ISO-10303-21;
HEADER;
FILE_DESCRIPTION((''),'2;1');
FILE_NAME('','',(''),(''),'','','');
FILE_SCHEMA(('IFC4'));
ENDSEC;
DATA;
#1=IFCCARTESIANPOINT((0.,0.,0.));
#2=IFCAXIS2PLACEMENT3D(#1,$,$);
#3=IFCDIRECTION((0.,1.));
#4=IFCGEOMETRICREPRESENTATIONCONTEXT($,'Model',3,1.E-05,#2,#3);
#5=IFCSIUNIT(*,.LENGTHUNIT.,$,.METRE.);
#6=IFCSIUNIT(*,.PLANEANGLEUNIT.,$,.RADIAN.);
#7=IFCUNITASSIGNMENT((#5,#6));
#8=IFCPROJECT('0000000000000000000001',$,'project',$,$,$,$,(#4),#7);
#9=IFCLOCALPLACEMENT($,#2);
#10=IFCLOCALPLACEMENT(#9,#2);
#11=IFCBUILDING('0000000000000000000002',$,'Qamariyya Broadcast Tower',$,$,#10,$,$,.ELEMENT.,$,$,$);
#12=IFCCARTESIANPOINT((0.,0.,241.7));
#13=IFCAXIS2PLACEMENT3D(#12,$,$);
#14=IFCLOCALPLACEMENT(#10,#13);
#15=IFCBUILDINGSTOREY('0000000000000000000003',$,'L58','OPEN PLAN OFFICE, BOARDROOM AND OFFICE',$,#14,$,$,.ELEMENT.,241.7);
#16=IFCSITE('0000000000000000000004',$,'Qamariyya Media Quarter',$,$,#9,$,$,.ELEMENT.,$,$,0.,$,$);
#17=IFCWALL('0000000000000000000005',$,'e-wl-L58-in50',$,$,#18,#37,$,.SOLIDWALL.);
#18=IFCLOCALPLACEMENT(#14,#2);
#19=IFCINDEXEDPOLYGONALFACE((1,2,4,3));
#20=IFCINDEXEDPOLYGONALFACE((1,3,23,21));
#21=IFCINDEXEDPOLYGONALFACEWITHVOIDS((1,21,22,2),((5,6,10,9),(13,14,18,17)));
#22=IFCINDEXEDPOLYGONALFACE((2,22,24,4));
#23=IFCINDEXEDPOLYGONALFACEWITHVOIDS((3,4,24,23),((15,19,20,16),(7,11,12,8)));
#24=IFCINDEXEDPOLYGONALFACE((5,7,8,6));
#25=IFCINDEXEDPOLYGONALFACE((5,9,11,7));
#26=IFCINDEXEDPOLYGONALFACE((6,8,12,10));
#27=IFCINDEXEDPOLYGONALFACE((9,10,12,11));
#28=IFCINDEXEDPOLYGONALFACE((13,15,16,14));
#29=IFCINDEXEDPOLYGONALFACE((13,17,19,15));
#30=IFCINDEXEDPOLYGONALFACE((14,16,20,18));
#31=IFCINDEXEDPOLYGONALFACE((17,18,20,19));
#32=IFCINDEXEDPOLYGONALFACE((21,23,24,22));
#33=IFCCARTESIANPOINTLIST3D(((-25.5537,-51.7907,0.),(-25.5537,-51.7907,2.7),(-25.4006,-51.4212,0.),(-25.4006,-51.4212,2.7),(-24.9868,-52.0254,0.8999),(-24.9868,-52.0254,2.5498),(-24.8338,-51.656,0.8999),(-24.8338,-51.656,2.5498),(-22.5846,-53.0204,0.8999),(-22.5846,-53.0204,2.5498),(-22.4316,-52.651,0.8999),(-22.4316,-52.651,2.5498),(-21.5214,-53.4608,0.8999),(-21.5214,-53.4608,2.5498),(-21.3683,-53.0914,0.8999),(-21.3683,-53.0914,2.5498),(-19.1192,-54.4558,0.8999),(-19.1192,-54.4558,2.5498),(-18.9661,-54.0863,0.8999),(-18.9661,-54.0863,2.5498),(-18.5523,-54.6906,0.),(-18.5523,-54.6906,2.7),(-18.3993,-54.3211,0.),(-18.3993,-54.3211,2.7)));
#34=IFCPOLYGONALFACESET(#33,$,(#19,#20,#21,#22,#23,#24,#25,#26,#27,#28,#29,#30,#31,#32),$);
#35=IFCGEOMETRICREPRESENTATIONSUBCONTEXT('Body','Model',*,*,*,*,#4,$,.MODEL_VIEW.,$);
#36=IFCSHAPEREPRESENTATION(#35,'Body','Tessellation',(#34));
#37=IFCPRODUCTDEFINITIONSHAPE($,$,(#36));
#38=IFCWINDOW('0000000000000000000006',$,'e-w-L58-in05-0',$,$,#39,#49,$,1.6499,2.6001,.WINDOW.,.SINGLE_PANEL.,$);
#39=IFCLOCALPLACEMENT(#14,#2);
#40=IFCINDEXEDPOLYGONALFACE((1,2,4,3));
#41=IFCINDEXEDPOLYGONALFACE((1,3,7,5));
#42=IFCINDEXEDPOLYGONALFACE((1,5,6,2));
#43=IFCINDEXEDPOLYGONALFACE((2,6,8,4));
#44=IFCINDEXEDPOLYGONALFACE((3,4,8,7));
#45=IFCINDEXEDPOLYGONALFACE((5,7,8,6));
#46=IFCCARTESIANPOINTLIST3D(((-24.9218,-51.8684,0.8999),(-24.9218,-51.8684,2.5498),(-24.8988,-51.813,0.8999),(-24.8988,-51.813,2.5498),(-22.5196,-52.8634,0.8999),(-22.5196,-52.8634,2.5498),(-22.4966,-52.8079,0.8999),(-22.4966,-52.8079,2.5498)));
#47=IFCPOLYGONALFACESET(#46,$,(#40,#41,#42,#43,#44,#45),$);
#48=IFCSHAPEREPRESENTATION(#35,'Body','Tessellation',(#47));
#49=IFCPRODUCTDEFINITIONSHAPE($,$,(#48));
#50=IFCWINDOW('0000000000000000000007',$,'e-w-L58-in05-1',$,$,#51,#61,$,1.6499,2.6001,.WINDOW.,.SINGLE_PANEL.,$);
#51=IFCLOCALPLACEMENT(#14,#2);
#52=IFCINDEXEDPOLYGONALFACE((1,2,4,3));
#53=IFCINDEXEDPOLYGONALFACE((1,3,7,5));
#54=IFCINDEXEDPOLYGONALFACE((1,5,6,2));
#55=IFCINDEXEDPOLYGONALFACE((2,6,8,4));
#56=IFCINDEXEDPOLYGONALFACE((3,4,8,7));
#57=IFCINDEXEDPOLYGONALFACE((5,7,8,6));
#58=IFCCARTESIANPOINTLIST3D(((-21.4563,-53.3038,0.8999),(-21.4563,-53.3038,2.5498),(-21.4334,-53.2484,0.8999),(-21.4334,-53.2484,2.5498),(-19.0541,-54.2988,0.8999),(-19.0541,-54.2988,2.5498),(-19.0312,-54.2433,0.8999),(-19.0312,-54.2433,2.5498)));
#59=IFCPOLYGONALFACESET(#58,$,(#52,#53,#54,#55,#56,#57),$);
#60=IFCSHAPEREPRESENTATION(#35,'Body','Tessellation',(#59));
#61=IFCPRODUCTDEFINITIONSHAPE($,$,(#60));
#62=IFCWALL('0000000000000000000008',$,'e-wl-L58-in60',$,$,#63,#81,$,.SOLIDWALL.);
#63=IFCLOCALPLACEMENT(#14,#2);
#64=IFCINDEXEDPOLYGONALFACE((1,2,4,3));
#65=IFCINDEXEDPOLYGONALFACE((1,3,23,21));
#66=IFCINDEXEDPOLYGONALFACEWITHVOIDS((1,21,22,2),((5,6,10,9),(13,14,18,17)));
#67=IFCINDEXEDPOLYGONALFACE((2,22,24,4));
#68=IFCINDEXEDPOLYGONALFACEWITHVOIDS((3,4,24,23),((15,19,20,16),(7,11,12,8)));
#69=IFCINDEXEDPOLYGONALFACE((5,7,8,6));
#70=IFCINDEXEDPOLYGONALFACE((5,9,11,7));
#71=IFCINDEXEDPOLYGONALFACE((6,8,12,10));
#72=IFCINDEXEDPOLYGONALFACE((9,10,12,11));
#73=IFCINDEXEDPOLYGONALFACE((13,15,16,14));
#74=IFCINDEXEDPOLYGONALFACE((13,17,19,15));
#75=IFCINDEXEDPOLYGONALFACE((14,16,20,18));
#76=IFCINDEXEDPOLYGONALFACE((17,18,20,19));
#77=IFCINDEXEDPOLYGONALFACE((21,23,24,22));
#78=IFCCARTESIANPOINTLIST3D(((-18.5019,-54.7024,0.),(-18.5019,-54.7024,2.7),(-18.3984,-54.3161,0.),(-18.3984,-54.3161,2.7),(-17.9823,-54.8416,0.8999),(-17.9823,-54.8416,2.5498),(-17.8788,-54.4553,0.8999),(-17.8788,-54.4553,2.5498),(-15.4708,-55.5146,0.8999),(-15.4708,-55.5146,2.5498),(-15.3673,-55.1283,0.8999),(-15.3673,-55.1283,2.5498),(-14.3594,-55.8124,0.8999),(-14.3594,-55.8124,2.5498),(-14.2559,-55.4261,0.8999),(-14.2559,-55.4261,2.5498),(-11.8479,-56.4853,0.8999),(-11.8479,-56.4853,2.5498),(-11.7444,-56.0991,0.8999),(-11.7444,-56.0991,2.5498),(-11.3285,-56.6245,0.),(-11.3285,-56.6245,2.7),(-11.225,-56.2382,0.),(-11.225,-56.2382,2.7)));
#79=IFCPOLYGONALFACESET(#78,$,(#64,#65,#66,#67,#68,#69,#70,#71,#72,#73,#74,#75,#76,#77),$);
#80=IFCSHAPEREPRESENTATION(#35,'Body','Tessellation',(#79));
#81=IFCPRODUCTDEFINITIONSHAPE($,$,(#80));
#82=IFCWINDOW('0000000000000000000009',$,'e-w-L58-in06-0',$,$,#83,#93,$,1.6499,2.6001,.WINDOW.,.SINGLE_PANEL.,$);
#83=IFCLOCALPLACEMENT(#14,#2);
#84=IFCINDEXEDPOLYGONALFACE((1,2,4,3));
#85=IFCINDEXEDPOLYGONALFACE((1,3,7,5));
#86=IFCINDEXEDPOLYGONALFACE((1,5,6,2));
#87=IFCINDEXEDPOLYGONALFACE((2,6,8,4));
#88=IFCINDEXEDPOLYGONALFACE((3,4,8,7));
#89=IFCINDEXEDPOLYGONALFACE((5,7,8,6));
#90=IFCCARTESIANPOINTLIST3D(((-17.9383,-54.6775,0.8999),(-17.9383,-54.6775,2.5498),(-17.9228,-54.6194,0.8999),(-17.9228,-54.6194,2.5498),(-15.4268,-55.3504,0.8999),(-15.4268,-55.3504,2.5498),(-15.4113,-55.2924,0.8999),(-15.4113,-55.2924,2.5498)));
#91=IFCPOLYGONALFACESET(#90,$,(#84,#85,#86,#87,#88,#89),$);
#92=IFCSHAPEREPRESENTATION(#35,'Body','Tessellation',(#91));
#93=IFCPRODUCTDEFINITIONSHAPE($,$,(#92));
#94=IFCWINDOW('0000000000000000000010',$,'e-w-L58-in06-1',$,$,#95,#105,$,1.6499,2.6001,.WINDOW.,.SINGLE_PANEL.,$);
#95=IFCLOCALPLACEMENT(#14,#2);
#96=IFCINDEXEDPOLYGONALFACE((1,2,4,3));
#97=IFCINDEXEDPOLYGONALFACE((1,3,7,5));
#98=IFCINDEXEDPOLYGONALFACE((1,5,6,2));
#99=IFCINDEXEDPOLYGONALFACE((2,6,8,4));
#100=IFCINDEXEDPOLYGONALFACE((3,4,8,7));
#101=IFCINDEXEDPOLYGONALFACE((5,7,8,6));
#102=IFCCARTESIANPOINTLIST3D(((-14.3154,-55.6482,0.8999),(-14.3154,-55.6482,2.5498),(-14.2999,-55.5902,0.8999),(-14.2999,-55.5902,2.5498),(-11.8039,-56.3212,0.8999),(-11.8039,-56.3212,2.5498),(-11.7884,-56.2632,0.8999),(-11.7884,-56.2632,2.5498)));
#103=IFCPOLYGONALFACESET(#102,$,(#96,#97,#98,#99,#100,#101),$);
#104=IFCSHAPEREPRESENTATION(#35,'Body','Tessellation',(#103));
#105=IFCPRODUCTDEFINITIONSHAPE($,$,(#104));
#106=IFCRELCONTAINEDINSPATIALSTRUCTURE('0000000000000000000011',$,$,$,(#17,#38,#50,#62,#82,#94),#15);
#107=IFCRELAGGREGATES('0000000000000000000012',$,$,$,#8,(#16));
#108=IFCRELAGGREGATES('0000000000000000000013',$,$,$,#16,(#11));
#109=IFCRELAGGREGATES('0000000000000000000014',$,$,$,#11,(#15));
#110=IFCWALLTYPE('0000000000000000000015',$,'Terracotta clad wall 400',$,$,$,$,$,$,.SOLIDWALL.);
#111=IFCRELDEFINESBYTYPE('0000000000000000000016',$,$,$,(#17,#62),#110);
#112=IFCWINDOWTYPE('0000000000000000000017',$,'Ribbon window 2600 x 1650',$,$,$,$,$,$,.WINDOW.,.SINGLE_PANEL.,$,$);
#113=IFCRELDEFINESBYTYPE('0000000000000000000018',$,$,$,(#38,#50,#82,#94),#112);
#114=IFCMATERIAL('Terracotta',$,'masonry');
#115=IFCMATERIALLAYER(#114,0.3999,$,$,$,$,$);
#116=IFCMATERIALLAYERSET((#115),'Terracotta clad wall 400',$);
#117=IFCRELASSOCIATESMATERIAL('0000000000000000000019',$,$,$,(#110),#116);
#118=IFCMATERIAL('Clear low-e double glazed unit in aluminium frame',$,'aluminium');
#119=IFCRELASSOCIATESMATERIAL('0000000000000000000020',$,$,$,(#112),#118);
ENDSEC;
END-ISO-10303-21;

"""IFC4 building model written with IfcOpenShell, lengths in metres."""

from ifc_helpers import new_model, si_unit, direction, frame, frame_2d, origin, place, context, subcontext, project, spatial, rectangle, extrude, material, layer, layer_set, type_object, element, fill, save


model = new_model("IFC4")

# Units and contexts
model_context = context("Model", 3, precision=1e-05, world=origin(), true_north=direction((0.0, 1.0)))
body_context = subcontext(model_context, "Body", "Model", "MODEL_VIEW")
ifc_project = project(units=[si_unit("LENGTHUNIT", "METRE"), si_unit("PLANEANGLEUNIT", "RADIAN")], contexts=[model_context])

# Site, building, storey
site_placement = place(None, origin())
site = spatial("IfcSite", under=ifc_project, at=site_placement, Name="Qamariyya Media Quarter", CompositionType="ELEMENT", RefElevation=0.0)
building_placement = place(site_placement, origin())
building = spatial("IfcBuilding", under=site, at=building_placement, Name="Qamariyya Broadcast Tower", CompositionType="ELEMENT")
storey_placement = place(building_placement, frame((0.0, 0.0, 241.7)))
storey = spatial("IfcBuildingStorey", under=building, at=storey_placement, Name="L58", Description="OPEN PLAN OFFICE, BOARDROOM AND OFFICE", CompositionType="ELEMENT", Elevation=241.7)

# Walls, openings, windows
ifc_material_1 = material(Name="Terracotta", Category="masonry")
ifc_layer_1 = layer(ifc_material_1, 0.3999)
ifc_layer_set_1 = layer_set([ifc_layer_1], Name="Terracotta clad wall 400")
wall_type_1 = type_object("IfcWallType", Name="Terracotta clad wall 400", PredefinedType="SOLIDWALL", material=ifc_layer_set_1)
ifc_material_2 = material(Name="Clear low-e double glazed unit in aluminium frame", Category="aluminium")
window_type = type_object("IfcWindowType", Name="Ribbon window 2600 x 1650", PartitioningType="SINGLE_PANEL", PredefinedType="WINDOW", material=ifc_material_2)
wall_1_placement = place(storey_placement, frame((-18.4758, -54.5059, 0.0), z_axis=(0.0, 0.0, 1.0), x_axis=(-0.923884, 0.382672, 0.0)))
wall_1 = element("IfcWall", 1, at=wall_1_placement, inside=storey, type_object=wall_type_1, Name="e-wl-L58-in50", PredefinedType="SOLIDWALL", context=body_context, shape_type="SweptSolid", body=[
    extrude(rectangle(XDim=7.5781, YDim=0.3999, at=frame_2d((3.7891, 0.0))), origin(), (0.0, 0.0, 1.0), 2.7),
])
opening_1_placement = place(wall_1_placement, frame((4.3645, 0.0, 0.8999)))
opening_1 = element("IfcOpeningElement", 2, at=opening_1_placement, cuts=wall_1, PredefinedType="OPENING", context=body_context, shape_type="SweptSolid", body=[
    extrude(rectangle(XDim=2.6001, YDim=1.6499, at=frame_2d((1.3, 0.825))), frame((0.0, 0.21, 0.0), z_axis=(0.0, -1.0, 0.0), x_axis=(1.0, 0.0, 0.0)), (0.0, 0.0, 1.0), 0.4199),
])
opening_2_placement = place(wall_1_placement, frame((0.6135, 0.0, 0.8999)))
opening_2 = element("IfcOpeningElement", 3, at=opening_2_placement, cuts=wall_1, PredefinedType="OPENING", context=body_context, shape_type="SweptSolid", body=[
    extrude(rectangle(XDim=2.6001, YDim=1.6499, at=frame_2d((1.3, 0.825))), frame((0.0, 0.21, 0.0), z_axis=(0.0, -1.0, 0.0), x_axis=(1.0, 0.0, 0.0)), (0.0, 0.0, 1.0), 0.4199),
])
window_1_placement = place(opening_1_placement, origin())
window_1 = element("IfcWindow", 4, at=window_1_placement, inside=storey, type_object=window_type, Name="e-w-L58-in05-0", OverallHeight=1.6499, OverallWidth=2.6001, PartitioningType="SINGLE_PANEL", PredefinedType="WINDOW", context=body_context, shape_type="SweptSolid", body=[
    extrude(rectangle(XDim=2.6001, YDim=1.6499, at=frame_2d((1.3, 0.825))), frame((0.0, 0.03, 0.0), z_axis=(0.0, -1.0, 0.0), x_axis=(1.0, 0.0, 0.0)), (0.0, 0.0, 1.0), 0.0601),
])
fill(opening_1, window_1)
window_2_placement = place(opening_2_placement, origin())
window_2 = element("IfcWindow", 5, at=window_2_placement, inside=storey, type_object=window_type, Name="e-w-L58-in05-1", OverallHeight=1.6499, OverallWidth=2.6001, PartitioningType="SINGLE_PANEL", PredefinedType="WINDOW", context=body_context, shape_type="SweptSolid", body=[
    extrude(rectangle(XDim=2.6001, YDim=1.6499, at=frame_2d((1.3, 0.825))), frame((0.0, 0.03, 0.0), z_axis=(0.0, -1.0, 0.0), x_axis=(1.0, 0.0, 0.0)), (0.0, 0.0, 1.0), 0.0601),
])
fill(opening_2, window_2)
wall_2_placement = place(storey_placement, frame((-11.2766, -56.4314, 0.0), z_axis=(0.0, 0.0, 1.0), x_axis=(-0.965925, 0.258823, 0.0)))
wall_2 = element("IfcWall", 6, at=wall_2_placement, inside=storey, type_object=wall_type_1, Name="e-wl-L58-in60", PredefinedType="SOLIDWALL", context=body_context, shape_type="SweptSolid", body=[
    extrude(rectangle(XDim=7.4265, YDim=0.3999, at=frame_2d((3.7134, 0.0))), origin(), (0.0, 0.0, 1.0), 2.7),
])
opening_3_placement = place(wall_2_placement, frame((4.2886, 0.0, 0.8999)))
opening_3 = element("IfcOpeningElement", 7, at=opening_3_placement, cuts=wall_2, PredefinedType="OPENING", context=body_context, shape_type="SweptSolid", body=[
    extrude(rectangle(XDim=2.6001, YDim=1.6499, at=frame_2d((1.3, 0.825))), frame((0.0, 0.21, 0.0), z_axis=(0.0, -1.0, 0.0), x_axis=(1.0, 0.0, 0.0)), (0.0, 0.0, 1.0), 0.4199),
])
opening_4_placement = place(wall_2_placement, frame((0.5378, 0.0, 0.8999)))
opening_4 = element("IfcOpeningElement", 8, at=opening_4_placement, cuts=wall_2, PredefinedType="OPENING", context=body_context, shape_type="SweptSolid", body=[
    extrude(rectangle(XDim=2.6001, YDim=1.6499, at=frame_2d((1.3, 0.825))), frame((0.0, 0.21, 0.0), z_axis=(0.0, -1.0, 0.0), x_axis=(1.0, 0.0, 0.0)), (0.0, 0.0, 1.0), 0.4199),
])
window_3_placement = place(opening_3_placement, origin())
window_3 = element("IfcWindow", 9, at=window_3_placement, inside=storey, type_object=window_type, Name="e-w-L58-in06-0", OverallHeight=1.6499, OverallWidth=2.6001, PartitioningType="SINGLE_PANEL", PredefinedType="WINDOW", context=body_context, shape_type="SweptSolid", body=[
    extrude(rectangle(XDim=2.6001, YDim=1.6499, at=frame_2d((1.3, 0.825))), frame((0.0, 0.03, 0.0), z_axis=(0.0, -1.0, 0.0), x_axis=(1.0, 0.0, 0.0)), (0.0, 0.0, 1.0), 0.0601),
])
fill(opening_3, window_3)
window_4_placement = place(opening_4_placement, origin())
window_4 = element("IfcWindow", 10, at=window_4_placement, inside=storey, type_object=window_type, Name="e-w-L58-in06-1", OverallHeight=1.6499, OverallWidth=2.6001, PartitioningType="SINGLE_PANEL", PredefinedType="WINDOW", context=body_context, shape_type="SweptSolid", body=[
    extrude(rectangle(XDim=2.6001, YDim=1.6499, at=frame_2d((1.3, 0.825))), frame((0.0, 0.03, 0.0), z_axis=(0.0, -1.0, 0.0), x_axis=(1.0, 0.0, 0.0)), (0.0, 0.0, 1.0), 0.0601),
])
fill(opening_4, window_4)

save(model, "model.ifc")
